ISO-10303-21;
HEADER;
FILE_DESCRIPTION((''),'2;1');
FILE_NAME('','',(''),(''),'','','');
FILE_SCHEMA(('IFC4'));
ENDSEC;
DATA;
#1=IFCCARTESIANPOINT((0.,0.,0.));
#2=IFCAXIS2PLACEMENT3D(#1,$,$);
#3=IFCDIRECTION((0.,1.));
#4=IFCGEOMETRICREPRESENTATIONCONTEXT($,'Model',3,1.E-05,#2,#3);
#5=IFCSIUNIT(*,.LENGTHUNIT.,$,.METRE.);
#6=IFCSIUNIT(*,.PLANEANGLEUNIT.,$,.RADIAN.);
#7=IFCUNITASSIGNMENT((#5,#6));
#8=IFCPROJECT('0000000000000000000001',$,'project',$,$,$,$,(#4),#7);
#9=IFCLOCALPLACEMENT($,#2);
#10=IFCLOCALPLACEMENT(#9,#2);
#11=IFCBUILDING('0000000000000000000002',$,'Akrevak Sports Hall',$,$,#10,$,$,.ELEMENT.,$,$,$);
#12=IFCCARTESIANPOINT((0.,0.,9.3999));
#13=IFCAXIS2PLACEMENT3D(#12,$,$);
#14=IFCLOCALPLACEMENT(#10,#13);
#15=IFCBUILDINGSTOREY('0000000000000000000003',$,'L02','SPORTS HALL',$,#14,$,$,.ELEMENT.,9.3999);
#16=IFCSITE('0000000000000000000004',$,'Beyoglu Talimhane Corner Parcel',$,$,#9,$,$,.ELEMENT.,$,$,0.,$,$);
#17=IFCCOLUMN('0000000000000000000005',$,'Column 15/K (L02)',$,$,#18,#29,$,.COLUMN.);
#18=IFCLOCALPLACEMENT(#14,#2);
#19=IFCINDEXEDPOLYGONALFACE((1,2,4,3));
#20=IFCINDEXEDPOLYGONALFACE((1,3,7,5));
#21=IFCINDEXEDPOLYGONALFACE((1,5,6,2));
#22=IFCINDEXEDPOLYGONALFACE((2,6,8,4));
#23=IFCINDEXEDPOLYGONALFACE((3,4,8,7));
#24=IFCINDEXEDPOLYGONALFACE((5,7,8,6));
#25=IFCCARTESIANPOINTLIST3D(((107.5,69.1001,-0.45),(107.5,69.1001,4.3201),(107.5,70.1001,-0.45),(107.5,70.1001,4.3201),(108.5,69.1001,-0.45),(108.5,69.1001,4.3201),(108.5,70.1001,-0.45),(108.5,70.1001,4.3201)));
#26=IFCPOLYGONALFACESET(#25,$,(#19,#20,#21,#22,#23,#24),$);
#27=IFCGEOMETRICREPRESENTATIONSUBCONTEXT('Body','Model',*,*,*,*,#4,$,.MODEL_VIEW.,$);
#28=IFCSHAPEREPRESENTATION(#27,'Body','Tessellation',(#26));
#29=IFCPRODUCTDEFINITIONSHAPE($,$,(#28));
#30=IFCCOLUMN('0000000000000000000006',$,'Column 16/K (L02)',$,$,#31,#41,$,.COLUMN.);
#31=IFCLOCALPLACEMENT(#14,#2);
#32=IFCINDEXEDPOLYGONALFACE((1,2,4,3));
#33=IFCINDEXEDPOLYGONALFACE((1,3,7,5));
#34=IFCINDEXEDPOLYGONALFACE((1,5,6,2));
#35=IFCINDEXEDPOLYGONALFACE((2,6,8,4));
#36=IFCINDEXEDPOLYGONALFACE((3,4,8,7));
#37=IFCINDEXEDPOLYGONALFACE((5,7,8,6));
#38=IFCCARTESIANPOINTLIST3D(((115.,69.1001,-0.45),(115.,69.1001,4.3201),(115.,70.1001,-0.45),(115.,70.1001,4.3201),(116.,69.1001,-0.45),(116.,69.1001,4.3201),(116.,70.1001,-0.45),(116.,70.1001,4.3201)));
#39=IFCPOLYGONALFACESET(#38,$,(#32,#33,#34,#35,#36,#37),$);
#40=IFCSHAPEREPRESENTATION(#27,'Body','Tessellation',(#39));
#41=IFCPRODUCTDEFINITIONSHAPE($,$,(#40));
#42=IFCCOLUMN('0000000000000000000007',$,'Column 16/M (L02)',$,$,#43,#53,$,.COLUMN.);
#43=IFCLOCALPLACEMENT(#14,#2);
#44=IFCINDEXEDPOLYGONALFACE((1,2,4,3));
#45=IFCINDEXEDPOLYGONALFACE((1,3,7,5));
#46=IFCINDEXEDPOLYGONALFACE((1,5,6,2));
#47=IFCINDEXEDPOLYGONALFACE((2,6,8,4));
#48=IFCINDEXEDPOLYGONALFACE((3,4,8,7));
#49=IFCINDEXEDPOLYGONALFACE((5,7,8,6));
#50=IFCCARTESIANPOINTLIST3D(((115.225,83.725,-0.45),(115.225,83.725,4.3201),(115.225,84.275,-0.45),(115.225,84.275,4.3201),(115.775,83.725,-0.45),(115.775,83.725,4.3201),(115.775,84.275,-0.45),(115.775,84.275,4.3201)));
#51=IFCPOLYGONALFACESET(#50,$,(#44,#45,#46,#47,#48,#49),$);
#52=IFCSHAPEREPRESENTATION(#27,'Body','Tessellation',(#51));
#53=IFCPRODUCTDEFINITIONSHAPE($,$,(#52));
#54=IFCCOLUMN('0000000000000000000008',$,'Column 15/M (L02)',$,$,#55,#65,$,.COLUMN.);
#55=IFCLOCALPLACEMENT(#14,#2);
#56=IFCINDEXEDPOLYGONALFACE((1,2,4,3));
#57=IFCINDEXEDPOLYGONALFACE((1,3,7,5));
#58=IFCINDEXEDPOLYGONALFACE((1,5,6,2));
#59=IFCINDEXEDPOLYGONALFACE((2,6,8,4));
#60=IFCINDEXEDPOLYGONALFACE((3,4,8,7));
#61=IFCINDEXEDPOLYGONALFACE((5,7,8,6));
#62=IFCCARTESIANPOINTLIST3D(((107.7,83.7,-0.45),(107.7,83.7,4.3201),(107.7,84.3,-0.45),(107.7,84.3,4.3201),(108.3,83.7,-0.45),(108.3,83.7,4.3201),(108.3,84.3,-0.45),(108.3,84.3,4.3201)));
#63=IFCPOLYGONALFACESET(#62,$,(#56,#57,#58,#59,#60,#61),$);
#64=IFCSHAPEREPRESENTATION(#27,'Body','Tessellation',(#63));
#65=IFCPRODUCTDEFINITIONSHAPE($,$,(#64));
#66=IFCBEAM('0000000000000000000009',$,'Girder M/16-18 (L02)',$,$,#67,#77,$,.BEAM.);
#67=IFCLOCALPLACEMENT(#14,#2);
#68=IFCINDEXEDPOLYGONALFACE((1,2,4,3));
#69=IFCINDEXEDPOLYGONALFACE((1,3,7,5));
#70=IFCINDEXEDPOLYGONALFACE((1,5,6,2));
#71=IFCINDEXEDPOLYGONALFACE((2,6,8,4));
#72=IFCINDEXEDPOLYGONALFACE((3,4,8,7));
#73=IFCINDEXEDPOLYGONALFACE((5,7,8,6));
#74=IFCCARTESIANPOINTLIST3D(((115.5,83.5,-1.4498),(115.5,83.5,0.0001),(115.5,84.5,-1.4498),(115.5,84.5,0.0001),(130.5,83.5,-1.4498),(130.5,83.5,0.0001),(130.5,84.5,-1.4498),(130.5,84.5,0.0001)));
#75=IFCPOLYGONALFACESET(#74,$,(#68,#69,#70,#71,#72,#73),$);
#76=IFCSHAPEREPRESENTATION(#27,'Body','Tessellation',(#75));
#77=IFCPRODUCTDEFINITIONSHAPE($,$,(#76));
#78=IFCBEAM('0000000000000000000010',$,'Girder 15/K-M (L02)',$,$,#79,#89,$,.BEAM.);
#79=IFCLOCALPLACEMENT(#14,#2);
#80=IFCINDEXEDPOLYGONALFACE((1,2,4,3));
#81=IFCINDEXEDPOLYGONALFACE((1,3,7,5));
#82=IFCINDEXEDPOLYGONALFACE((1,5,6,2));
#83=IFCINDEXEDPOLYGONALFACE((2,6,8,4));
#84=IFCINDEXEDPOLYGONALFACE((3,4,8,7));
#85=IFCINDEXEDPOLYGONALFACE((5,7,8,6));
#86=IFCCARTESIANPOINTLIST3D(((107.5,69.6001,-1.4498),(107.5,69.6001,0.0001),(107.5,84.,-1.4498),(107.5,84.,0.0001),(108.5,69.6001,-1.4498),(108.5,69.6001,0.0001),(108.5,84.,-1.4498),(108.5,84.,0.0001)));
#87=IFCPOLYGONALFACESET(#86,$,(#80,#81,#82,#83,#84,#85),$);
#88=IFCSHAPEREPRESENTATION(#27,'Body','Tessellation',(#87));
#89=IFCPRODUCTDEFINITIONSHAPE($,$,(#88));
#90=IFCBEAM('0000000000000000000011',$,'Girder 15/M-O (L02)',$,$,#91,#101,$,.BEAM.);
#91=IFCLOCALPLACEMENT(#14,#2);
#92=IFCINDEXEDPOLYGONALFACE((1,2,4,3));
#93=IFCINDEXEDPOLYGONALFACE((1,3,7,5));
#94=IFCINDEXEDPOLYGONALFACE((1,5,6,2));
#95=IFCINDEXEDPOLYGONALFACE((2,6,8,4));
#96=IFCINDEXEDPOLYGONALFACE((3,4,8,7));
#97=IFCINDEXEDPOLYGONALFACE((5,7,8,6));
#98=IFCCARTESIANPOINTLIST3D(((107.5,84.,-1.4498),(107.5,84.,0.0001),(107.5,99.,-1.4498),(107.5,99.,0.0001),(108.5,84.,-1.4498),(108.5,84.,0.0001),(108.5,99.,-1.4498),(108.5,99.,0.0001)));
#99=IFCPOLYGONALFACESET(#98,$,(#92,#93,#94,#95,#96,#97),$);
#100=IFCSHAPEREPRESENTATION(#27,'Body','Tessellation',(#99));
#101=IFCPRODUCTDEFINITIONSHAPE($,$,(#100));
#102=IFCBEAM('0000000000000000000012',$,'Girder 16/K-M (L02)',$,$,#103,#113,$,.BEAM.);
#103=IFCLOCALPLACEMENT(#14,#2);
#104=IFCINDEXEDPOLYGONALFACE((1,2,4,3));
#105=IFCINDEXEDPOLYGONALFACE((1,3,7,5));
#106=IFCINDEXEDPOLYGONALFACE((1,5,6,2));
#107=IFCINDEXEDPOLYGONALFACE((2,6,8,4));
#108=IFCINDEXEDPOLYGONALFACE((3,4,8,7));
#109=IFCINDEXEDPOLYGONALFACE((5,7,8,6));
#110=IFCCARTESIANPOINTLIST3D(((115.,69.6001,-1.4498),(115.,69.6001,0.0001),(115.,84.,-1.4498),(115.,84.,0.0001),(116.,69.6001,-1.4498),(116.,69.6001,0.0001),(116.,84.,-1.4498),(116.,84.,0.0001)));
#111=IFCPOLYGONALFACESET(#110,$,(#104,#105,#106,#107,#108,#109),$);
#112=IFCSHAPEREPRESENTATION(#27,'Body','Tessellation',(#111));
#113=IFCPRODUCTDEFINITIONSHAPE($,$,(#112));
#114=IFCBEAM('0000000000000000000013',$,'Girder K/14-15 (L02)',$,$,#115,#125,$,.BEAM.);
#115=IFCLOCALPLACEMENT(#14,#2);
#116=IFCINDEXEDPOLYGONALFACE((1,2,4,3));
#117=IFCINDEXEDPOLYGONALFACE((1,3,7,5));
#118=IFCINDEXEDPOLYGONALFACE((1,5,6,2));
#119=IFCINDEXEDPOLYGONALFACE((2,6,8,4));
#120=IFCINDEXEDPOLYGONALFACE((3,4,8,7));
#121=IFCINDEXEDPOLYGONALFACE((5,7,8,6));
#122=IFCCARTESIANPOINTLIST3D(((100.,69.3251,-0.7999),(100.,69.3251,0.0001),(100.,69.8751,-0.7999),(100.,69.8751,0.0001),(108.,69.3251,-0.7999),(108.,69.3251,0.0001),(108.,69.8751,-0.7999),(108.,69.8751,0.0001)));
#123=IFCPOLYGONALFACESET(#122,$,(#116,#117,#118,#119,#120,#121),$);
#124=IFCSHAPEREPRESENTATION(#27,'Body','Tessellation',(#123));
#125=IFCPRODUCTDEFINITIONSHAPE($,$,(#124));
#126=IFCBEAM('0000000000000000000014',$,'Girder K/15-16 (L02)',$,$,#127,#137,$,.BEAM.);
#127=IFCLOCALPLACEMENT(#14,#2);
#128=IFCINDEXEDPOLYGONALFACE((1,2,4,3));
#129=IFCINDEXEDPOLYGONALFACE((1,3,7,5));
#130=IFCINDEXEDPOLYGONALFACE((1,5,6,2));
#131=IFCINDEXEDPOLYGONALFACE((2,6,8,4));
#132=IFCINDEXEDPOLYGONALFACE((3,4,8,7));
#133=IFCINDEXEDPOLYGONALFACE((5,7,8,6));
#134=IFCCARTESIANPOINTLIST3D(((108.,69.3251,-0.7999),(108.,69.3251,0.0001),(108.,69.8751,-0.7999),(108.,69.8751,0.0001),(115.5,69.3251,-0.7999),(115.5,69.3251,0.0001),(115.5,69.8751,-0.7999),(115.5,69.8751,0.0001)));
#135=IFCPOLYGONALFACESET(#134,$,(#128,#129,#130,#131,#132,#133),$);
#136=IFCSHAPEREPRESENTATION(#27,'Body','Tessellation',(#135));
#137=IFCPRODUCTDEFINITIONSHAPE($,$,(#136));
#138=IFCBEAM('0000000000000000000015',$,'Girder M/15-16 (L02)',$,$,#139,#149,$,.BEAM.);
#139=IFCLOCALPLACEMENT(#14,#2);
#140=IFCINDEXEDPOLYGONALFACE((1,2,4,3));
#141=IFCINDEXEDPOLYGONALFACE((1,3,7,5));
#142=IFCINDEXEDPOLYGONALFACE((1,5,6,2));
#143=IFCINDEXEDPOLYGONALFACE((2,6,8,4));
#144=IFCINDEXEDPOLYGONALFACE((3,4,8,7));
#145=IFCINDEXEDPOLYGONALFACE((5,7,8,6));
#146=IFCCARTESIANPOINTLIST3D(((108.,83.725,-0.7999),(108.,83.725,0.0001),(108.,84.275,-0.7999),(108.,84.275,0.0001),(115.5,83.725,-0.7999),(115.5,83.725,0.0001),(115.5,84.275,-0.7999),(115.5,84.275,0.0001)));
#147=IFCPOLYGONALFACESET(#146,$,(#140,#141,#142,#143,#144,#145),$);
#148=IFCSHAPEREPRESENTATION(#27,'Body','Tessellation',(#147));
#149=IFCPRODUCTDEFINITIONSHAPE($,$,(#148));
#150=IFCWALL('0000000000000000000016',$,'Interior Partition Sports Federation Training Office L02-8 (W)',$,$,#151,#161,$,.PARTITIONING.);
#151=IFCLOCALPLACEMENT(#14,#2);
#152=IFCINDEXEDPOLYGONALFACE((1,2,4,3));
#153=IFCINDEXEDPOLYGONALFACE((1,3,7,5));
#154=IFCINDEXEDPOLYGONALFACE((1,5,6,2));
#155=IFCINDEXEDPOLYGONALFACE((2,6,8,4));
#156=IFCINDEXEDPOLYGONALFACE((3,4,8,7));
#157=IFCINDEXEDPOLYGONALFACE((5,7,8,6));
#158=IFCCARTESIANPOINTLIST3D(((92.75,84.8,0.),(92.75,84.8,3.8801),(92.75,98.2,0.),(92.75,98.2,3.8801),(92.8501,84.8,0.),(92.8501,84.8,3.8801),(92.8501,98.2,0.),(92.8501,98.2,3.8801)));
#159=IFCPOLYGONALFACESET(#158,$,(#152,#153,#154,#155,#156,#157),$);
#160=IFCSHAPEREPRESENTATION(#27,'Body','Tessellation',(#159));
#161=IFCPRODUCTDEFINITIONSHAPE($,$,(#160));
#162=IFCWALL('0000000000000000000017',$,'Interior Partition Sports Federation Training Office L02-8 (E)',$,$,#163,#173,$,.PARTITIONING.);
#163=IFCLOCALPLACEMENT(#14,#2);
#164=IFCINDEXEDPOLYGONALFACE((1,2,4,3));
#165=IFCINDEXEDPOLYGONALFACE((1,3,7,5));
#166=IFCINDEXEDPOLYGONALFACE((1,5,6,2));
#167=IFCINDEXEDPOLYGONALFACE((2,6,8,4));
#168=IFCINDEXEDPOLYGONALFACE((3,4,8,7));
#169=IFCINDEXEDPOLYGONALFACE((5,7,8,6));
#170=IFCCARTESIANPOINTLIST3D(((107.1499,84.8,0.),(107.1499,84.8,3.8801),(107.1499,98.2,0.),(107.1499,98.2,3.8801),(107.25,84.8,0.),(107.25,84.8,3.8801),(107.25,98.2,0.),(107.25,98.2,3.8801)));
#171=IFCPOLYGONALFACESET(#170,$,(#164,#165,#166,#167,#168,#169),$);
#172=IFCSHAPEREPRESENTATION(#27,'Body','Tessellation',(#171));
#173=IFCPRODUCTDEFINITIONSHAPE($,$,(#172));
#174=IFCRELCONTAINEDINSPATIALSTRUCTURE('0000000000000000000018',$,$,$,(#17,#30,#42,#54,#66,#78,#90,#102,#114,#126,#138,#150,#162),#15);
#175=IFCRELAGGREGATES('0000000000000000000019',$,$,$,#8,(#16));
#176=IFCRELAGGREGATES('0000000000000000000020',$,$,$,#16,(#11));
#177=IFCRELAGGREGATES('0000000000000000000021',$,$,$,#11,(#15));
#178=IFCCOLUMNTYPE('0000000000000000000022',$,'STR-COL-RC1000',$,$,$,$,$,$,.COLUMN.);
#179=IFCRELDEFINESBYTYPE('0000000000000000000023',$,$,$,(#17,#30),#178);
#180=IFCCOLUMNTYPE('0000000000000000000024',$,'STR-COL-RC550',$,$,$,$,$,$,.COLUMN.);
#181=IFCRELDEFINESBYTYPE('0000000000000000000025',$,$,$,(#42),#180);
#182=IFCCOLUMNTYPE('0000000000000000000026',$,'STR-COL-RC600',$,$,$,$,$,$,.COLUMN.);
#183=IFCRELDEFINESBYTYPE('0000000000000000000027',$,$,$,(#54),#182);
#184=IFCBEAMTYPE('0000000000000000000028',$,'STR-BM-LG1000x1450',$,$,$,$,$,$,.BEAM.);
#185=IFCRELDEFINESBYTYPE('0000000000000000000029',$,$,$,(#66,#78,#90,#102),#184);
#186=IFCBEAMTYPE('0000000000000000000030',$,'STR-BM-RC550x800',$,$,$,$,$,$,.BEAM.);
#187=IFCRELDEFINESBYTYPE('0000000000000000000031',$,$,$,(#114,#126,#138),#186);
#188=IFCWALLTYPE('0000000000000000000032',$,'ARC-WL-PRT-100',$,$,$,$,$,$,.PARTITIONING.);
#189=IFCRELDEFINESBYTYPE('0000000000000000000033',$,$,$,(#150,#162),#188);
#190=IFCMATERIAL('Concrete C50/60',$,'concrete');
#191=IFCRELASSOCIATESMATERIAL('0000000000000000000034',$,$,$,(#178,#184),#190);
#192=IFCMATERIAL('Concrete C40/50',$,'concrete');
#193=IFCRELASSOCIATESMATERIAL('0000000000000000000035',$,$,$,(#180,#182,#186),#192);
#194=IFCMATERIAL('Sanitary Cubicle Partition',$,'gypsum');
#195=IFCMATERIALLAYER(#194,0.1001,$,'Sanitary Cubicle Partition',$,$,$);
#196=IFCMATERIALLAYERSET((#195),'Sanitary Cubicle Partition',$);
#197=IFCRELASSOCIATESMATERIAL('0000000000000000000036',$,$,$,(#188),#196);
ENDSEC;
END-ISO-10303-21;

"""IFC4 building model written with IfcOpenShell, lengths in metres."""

from ifc_helpers import new_model, si_unit, direction, frame, frame_2d, origin, origin_2d, place, context, subcontext, project, spatial, rectangle, extrude, material, layer, layer_set, material_profile, profile_set, type_object, element, save


model = new_model("IFC4")

# Units and contexts
model_context = context("Model", 3, precision=1e-05, world=origin(), true_north=direction((0.0, 1.0)))
body_context = subcontext(model_context, "Body", "Model", "MODEL_VIEW")
ifc_project = project(units=[si_unit("LENGTHUNIT", "METRE"), si_unit("PLANEANGLEUNIT", "RADIAN")], contexts=[model_context])

# Site, building, storey
site_placement = place(None, origin())
site = spatial("IfcSite", under=ifc_project, at=site_placement, Name="Beyoglu Talimhane Corner Parcel", CompositionType="ELEMENT", RefElevation=0.0)
building_placement = place(site_placement, origin())
building = spatial("IfcBuilding", under=site, at=building_placement, Name="Akrevak Sports Hall", CompositionType="ELEMENT")
storey_placement = place(building_placement, frame((0.0, 0.0, 9.3999)))
storey = spatial("IfcBuildingStorey", under=building, at=storey_placement, Name="L02", Description="SPORTS HALL", CompositionType="ELEMENT", Elevation=9.3999)

# Columns
ifc_material_1 = material(Name="Concrete C50/60", Category="concrete")
ifc_material_profile_1 = material_profile(ifc_material_1, rectangle(XDim=1.0, YDim=1.0, at=origin_2d()), Name="RC 1000x1000", Category="concrete")
ifc_profile_set_1 = profile_set([ifc_material_profile_1], Name="Concrete C50/60")
column_type_1 = type_object("IfcColumnType", Name="STR-COL-RC1000", PredefinedType="COLUMN", material=ifc_profile_set_1)
for number, where, z_axis, x_axis, name in (
    (1, (108.0, 69.6001, -0.45), (0.0, 0.0, 1.0), (1.0, 0.0, 0.0), "Column 15/K (L02)"),
    (2, (115.5, 69.6001, -0.45), (0.0, 0.0, 1.0), (1.0, 0.0, 0.0), "Column 16/K (L02)"),
):
    element("IfcColumn", number, at=place(storey_placement, frame(where, z_axis=z_axis, x_axis=x_axis)), inside=storey, type_object=column_type_1, Name=name, PredefinedType="COLUMN", context=body_context, shape_type="SweptSolid", body=[
        extrude(rectangle(XDim=1.0, YDim=1.0, at=origin_2d()), origin(), (0.0, 0.0, 1.0), 4.77),
    ])
ifc_material_2 = material(Name="Concrete C40/50", Category="concrete")
ifc_material_profile_2 = material_profile(ifc_material_2, rectangle(XDim=0.55, YDim=0.55, at=origin_2d()), Name="RC 550x550", Category="concrete")
ifc_profile_set_2 = profile_set([ifc_material_profile_2], Name="Concrete C40/50")
column_type_2 = type_object("IfcColumnType", Name="STR-COL-RC550", PredefinedType="COLUMN", material=ifc_profile_set_2)
column_1_placement = place(storey_placement, frame((115.5, 84.0, -0.45), z_axis=(0.0, 0.0, 1.0), x_axis=(1.0, 0.0, 0.0)))
element("IfcColumn", 3, at=column_1_placement, inside=storey, type_object=column_type_2, Name="Column 16/M (L02)", PredefinedType="COLUMN", context=body_context, shape_type="SweptSolid", body=[
    extrude(rectangle(XDim=0.55, YDim=0.55, at=origin_2d()), origin(), (0.0, 0.0, 1.0), 4.77),
])
ifc_material_profile_3 = material_profile(ifc_material_2, rectangle(XDim=0.6001, YDim=0.6001, at=origin_2d()), Name="RC 600x600", Category="concrete")
ifc_profile_set_3 = profile_set([ifc_material_profile_3], Name="Concrete C40/50")
column_type_3 = type_object("IfcColumnType", Name="STR-COL-RC600", PredefinedType="COLUMN", material=ifc_profile_set_3)
column_2_placement = place(storey_placement, frame((108.0, 84.0, -0.45), z_axis=(0.0, 0.0, 1.0), x_axis=(1.0, 0.0, 0.0)))
element("IfcColumn", 4, at=column_2_placement, inside=storey, type_object=column_type_3, Name="Column 15/M (L02)", PredefinedType="COLUMN", context=body_context, shape_type="SweptSolid", body=[
    extrude(rectangle(XDim=0.6001, YDim=0.6001, at=origin_2d()), origin(), (0.0, 0.0, 1.0), 4.77),
])

# Beams
ifc_material_profile_4 = material_profile(ifc_material_1, rectangle(XDim=1.0, YDim=1.45, at=origin_2d()), Name="BM 1000x1450", Category="concrete")
ifc_profile_set_4 = profile_set([ifc_material_profile_4], Name="Concrete C50/60")
beam_type_1 = type_object("IfcBeamType", Name="STR-BM-LG1000x1450", PredefinedType="BEAM", material=ifc_profile_set_4)
beam_1_placement = place(storey_placement, frame((115.5, 84.0, -0.7249), z_axis=(1.0, 0.0, 0.0), x_axis=(0.0, 1.0, 0.0)))
element("IfcBeam", 5, at=beam_1_placement, inside=storey, type_object=beam_type_1, Name="Girder M/16-18 (L02)", PredefinedType="BEAM", context=body_context, shape_type="SweptSolid", body=[
    extrude(rectangle(XDim=1.0, YDim=1.45, at=origin_2d()), origin(), (0.0, 0.0, 1.0), 15.0),
])
beam_2_placement = place(storey_placement, frame((108.0, 69.6001, -0.7249), z_axis=(0.0, 1.0, 0.0), x_axis=(-1.0, 0.0, 0.0)))
element("IfcBeam", 6, at=beam_2_placement, inside=storey, type_object=beam_type_1, Name="Girder 15/K-M (L02)", PredefinedType="BEAM", context=body_context, shape_type="SweptSolid", body=[
    extrude(rectangle(XDim=1.0, YDim=1.45, at=origin_2d()), origin(), (0.0, 0.0, 1.0), 14.3999),
])
beam_3_placement = place(storey_placement, frame((108.0, 84.0, -0.7249), z_axis=(0.0, 1.0, 0.0), x_axis=(-1.0, 0.0, 0.0)))
element("IfcBeam", 7, at=beam_3_placement, inside=storey, type_object=beam_type_1, Name="Girder 15/M-O (L02)", PredefinedType="BEAM", context=body_context, shape_type="SweptSolid", body=[
    extrude(rectangle(XDim=1.0, YDim=1.45, at=origin_2d()), origin(), (0.0, 0.0, 1.0), 15.0),
])
beam_4_placement = place(storey_placement, frame((115.5, 69.6001, -0.7249), z_axis=(0.0, 1.0, 0.0), x_axis=(-1.0, 0.0, 0.0)))
element("IfcBeam", 8, at=beam_4_placement, inside=storey, type_object=beam_type_1, Name="Girder 16/K-M (L02)", PredefinedType="BEAM", context=body_context, shape_type="SweptSolid", body=[
    extrude(rectangle(XDim=1.0, YDim=1.45, at=origin_2d()), origin(), (0.0, 0.0, 1.0), 14.3999),
])
ifc_material_profile_5 = material_profile(ifc_material_2, rectangle(XDim=0.55, YDim=0.8, at=origin_2d()), Name="BM 550x800", Category="concrete")
ifc_profile_set_5 = profile_set([ifc_material_profile_5], Name="Concrete C40/50")
beam_type_2 = type_object("IfcBeamType", Name="STR-BM-RC550x800", PredefinedType="BEAM", material=ifc_profile_set_5)
beam_5_placement = place(storey_placement, frame((100.0, 69.6001, -0.3999), z_axis=(1.0, 0.0, 0.0), x_axis=(0.0, 1.0, 0.0)))
element("IfcBeam", 9, at=beam_5_placement, inside=storey, type_object=beam_type_2, Name="Girder K/14-15 (L02)", PredefinedType="BEAM", context=body_context, shape_type="SweptSolid", body=[
    extrude(rectangle(XDim=0.55, YDim=0.8, at=origin_2d()), origin(), (0.0, 0.0, 1.0), 8.0),
])
for number, where, z_axis, x_axis, name in (
    (10, (108.0, 69.6001, -0.3999), (1.0, 0.0, 0.0), (0.0, 1.0, 0.0), "Girder K/15-16 (L02)"),
    (11, (108.0, 84.0, -0.3999), (1.0, 0.0, 0.0), (0.0, 1.0, 0.0), "Girder M/15-16 (L02)"),
):
    element("IfcBeam", number, at=place(storey_placement, frame(where, z_axis=z_axis, x_axis=x_axis)), inside=storey, type_object=beam_type_2, Name=name, PredefinedType="BEAM", context=body_context, shape_type="SweptSolid", body=[
        extrude(rectangle(XDim=0.55, YDim=0.8, at=origin_2d()), origin(), (0.0, 0.0, 1.0), 7.5),
    ])

# Walls
ifc_material_3 = material(Name="Sanitary Cubicle Partition", Category="gypsum")
ifc_layer_1 = layer(ifc_material_3, 0.1001, Name="Sanitary Cubicle Partition")
ifc_layer_set_1 = layer_set([ifc_layer_1], Name="Sanitary Cubicle Partition")
wall_type_1 = type_object("IfcWallType", Name="ARC-WL-PRT-100", PredefinedType="PARTITIONING", material=ifc_layer_set_1)
for number, where, z_axis, x_axis, name in (
    (12, (92.8, 84.8, 0.0), (0.0, 0.0, 1.0), (0.0, 1.0, 0.0), "Interior Partition Sports Federation Training Office L02-8 (W)"),
    (13, (107.2, 84.8, 0.0), (0.0, 0.0, 1.0), (0.0, 1.0, 0.0), "Interior Partition Sports Federation Training Office L02-8 (E)"),
):
    element("IfcWall", number, at=place(storey_placement, frame(where, z_axis=z_axis, x_axis=x_axis)), inside=storey, type_object=wall_type_1, Name=name, PredefinedType="PARTITIONING", context=body_context, shape_type="SweptSolid", body=[
        extrude(rectangle(XDim=13.3999, YDim=0.1001, at=frame_2d((6.7, 0.0))), origin(), (0.0, 0.0, 1.0), 3.8801),
    ])

save(model, "model.ifc")
